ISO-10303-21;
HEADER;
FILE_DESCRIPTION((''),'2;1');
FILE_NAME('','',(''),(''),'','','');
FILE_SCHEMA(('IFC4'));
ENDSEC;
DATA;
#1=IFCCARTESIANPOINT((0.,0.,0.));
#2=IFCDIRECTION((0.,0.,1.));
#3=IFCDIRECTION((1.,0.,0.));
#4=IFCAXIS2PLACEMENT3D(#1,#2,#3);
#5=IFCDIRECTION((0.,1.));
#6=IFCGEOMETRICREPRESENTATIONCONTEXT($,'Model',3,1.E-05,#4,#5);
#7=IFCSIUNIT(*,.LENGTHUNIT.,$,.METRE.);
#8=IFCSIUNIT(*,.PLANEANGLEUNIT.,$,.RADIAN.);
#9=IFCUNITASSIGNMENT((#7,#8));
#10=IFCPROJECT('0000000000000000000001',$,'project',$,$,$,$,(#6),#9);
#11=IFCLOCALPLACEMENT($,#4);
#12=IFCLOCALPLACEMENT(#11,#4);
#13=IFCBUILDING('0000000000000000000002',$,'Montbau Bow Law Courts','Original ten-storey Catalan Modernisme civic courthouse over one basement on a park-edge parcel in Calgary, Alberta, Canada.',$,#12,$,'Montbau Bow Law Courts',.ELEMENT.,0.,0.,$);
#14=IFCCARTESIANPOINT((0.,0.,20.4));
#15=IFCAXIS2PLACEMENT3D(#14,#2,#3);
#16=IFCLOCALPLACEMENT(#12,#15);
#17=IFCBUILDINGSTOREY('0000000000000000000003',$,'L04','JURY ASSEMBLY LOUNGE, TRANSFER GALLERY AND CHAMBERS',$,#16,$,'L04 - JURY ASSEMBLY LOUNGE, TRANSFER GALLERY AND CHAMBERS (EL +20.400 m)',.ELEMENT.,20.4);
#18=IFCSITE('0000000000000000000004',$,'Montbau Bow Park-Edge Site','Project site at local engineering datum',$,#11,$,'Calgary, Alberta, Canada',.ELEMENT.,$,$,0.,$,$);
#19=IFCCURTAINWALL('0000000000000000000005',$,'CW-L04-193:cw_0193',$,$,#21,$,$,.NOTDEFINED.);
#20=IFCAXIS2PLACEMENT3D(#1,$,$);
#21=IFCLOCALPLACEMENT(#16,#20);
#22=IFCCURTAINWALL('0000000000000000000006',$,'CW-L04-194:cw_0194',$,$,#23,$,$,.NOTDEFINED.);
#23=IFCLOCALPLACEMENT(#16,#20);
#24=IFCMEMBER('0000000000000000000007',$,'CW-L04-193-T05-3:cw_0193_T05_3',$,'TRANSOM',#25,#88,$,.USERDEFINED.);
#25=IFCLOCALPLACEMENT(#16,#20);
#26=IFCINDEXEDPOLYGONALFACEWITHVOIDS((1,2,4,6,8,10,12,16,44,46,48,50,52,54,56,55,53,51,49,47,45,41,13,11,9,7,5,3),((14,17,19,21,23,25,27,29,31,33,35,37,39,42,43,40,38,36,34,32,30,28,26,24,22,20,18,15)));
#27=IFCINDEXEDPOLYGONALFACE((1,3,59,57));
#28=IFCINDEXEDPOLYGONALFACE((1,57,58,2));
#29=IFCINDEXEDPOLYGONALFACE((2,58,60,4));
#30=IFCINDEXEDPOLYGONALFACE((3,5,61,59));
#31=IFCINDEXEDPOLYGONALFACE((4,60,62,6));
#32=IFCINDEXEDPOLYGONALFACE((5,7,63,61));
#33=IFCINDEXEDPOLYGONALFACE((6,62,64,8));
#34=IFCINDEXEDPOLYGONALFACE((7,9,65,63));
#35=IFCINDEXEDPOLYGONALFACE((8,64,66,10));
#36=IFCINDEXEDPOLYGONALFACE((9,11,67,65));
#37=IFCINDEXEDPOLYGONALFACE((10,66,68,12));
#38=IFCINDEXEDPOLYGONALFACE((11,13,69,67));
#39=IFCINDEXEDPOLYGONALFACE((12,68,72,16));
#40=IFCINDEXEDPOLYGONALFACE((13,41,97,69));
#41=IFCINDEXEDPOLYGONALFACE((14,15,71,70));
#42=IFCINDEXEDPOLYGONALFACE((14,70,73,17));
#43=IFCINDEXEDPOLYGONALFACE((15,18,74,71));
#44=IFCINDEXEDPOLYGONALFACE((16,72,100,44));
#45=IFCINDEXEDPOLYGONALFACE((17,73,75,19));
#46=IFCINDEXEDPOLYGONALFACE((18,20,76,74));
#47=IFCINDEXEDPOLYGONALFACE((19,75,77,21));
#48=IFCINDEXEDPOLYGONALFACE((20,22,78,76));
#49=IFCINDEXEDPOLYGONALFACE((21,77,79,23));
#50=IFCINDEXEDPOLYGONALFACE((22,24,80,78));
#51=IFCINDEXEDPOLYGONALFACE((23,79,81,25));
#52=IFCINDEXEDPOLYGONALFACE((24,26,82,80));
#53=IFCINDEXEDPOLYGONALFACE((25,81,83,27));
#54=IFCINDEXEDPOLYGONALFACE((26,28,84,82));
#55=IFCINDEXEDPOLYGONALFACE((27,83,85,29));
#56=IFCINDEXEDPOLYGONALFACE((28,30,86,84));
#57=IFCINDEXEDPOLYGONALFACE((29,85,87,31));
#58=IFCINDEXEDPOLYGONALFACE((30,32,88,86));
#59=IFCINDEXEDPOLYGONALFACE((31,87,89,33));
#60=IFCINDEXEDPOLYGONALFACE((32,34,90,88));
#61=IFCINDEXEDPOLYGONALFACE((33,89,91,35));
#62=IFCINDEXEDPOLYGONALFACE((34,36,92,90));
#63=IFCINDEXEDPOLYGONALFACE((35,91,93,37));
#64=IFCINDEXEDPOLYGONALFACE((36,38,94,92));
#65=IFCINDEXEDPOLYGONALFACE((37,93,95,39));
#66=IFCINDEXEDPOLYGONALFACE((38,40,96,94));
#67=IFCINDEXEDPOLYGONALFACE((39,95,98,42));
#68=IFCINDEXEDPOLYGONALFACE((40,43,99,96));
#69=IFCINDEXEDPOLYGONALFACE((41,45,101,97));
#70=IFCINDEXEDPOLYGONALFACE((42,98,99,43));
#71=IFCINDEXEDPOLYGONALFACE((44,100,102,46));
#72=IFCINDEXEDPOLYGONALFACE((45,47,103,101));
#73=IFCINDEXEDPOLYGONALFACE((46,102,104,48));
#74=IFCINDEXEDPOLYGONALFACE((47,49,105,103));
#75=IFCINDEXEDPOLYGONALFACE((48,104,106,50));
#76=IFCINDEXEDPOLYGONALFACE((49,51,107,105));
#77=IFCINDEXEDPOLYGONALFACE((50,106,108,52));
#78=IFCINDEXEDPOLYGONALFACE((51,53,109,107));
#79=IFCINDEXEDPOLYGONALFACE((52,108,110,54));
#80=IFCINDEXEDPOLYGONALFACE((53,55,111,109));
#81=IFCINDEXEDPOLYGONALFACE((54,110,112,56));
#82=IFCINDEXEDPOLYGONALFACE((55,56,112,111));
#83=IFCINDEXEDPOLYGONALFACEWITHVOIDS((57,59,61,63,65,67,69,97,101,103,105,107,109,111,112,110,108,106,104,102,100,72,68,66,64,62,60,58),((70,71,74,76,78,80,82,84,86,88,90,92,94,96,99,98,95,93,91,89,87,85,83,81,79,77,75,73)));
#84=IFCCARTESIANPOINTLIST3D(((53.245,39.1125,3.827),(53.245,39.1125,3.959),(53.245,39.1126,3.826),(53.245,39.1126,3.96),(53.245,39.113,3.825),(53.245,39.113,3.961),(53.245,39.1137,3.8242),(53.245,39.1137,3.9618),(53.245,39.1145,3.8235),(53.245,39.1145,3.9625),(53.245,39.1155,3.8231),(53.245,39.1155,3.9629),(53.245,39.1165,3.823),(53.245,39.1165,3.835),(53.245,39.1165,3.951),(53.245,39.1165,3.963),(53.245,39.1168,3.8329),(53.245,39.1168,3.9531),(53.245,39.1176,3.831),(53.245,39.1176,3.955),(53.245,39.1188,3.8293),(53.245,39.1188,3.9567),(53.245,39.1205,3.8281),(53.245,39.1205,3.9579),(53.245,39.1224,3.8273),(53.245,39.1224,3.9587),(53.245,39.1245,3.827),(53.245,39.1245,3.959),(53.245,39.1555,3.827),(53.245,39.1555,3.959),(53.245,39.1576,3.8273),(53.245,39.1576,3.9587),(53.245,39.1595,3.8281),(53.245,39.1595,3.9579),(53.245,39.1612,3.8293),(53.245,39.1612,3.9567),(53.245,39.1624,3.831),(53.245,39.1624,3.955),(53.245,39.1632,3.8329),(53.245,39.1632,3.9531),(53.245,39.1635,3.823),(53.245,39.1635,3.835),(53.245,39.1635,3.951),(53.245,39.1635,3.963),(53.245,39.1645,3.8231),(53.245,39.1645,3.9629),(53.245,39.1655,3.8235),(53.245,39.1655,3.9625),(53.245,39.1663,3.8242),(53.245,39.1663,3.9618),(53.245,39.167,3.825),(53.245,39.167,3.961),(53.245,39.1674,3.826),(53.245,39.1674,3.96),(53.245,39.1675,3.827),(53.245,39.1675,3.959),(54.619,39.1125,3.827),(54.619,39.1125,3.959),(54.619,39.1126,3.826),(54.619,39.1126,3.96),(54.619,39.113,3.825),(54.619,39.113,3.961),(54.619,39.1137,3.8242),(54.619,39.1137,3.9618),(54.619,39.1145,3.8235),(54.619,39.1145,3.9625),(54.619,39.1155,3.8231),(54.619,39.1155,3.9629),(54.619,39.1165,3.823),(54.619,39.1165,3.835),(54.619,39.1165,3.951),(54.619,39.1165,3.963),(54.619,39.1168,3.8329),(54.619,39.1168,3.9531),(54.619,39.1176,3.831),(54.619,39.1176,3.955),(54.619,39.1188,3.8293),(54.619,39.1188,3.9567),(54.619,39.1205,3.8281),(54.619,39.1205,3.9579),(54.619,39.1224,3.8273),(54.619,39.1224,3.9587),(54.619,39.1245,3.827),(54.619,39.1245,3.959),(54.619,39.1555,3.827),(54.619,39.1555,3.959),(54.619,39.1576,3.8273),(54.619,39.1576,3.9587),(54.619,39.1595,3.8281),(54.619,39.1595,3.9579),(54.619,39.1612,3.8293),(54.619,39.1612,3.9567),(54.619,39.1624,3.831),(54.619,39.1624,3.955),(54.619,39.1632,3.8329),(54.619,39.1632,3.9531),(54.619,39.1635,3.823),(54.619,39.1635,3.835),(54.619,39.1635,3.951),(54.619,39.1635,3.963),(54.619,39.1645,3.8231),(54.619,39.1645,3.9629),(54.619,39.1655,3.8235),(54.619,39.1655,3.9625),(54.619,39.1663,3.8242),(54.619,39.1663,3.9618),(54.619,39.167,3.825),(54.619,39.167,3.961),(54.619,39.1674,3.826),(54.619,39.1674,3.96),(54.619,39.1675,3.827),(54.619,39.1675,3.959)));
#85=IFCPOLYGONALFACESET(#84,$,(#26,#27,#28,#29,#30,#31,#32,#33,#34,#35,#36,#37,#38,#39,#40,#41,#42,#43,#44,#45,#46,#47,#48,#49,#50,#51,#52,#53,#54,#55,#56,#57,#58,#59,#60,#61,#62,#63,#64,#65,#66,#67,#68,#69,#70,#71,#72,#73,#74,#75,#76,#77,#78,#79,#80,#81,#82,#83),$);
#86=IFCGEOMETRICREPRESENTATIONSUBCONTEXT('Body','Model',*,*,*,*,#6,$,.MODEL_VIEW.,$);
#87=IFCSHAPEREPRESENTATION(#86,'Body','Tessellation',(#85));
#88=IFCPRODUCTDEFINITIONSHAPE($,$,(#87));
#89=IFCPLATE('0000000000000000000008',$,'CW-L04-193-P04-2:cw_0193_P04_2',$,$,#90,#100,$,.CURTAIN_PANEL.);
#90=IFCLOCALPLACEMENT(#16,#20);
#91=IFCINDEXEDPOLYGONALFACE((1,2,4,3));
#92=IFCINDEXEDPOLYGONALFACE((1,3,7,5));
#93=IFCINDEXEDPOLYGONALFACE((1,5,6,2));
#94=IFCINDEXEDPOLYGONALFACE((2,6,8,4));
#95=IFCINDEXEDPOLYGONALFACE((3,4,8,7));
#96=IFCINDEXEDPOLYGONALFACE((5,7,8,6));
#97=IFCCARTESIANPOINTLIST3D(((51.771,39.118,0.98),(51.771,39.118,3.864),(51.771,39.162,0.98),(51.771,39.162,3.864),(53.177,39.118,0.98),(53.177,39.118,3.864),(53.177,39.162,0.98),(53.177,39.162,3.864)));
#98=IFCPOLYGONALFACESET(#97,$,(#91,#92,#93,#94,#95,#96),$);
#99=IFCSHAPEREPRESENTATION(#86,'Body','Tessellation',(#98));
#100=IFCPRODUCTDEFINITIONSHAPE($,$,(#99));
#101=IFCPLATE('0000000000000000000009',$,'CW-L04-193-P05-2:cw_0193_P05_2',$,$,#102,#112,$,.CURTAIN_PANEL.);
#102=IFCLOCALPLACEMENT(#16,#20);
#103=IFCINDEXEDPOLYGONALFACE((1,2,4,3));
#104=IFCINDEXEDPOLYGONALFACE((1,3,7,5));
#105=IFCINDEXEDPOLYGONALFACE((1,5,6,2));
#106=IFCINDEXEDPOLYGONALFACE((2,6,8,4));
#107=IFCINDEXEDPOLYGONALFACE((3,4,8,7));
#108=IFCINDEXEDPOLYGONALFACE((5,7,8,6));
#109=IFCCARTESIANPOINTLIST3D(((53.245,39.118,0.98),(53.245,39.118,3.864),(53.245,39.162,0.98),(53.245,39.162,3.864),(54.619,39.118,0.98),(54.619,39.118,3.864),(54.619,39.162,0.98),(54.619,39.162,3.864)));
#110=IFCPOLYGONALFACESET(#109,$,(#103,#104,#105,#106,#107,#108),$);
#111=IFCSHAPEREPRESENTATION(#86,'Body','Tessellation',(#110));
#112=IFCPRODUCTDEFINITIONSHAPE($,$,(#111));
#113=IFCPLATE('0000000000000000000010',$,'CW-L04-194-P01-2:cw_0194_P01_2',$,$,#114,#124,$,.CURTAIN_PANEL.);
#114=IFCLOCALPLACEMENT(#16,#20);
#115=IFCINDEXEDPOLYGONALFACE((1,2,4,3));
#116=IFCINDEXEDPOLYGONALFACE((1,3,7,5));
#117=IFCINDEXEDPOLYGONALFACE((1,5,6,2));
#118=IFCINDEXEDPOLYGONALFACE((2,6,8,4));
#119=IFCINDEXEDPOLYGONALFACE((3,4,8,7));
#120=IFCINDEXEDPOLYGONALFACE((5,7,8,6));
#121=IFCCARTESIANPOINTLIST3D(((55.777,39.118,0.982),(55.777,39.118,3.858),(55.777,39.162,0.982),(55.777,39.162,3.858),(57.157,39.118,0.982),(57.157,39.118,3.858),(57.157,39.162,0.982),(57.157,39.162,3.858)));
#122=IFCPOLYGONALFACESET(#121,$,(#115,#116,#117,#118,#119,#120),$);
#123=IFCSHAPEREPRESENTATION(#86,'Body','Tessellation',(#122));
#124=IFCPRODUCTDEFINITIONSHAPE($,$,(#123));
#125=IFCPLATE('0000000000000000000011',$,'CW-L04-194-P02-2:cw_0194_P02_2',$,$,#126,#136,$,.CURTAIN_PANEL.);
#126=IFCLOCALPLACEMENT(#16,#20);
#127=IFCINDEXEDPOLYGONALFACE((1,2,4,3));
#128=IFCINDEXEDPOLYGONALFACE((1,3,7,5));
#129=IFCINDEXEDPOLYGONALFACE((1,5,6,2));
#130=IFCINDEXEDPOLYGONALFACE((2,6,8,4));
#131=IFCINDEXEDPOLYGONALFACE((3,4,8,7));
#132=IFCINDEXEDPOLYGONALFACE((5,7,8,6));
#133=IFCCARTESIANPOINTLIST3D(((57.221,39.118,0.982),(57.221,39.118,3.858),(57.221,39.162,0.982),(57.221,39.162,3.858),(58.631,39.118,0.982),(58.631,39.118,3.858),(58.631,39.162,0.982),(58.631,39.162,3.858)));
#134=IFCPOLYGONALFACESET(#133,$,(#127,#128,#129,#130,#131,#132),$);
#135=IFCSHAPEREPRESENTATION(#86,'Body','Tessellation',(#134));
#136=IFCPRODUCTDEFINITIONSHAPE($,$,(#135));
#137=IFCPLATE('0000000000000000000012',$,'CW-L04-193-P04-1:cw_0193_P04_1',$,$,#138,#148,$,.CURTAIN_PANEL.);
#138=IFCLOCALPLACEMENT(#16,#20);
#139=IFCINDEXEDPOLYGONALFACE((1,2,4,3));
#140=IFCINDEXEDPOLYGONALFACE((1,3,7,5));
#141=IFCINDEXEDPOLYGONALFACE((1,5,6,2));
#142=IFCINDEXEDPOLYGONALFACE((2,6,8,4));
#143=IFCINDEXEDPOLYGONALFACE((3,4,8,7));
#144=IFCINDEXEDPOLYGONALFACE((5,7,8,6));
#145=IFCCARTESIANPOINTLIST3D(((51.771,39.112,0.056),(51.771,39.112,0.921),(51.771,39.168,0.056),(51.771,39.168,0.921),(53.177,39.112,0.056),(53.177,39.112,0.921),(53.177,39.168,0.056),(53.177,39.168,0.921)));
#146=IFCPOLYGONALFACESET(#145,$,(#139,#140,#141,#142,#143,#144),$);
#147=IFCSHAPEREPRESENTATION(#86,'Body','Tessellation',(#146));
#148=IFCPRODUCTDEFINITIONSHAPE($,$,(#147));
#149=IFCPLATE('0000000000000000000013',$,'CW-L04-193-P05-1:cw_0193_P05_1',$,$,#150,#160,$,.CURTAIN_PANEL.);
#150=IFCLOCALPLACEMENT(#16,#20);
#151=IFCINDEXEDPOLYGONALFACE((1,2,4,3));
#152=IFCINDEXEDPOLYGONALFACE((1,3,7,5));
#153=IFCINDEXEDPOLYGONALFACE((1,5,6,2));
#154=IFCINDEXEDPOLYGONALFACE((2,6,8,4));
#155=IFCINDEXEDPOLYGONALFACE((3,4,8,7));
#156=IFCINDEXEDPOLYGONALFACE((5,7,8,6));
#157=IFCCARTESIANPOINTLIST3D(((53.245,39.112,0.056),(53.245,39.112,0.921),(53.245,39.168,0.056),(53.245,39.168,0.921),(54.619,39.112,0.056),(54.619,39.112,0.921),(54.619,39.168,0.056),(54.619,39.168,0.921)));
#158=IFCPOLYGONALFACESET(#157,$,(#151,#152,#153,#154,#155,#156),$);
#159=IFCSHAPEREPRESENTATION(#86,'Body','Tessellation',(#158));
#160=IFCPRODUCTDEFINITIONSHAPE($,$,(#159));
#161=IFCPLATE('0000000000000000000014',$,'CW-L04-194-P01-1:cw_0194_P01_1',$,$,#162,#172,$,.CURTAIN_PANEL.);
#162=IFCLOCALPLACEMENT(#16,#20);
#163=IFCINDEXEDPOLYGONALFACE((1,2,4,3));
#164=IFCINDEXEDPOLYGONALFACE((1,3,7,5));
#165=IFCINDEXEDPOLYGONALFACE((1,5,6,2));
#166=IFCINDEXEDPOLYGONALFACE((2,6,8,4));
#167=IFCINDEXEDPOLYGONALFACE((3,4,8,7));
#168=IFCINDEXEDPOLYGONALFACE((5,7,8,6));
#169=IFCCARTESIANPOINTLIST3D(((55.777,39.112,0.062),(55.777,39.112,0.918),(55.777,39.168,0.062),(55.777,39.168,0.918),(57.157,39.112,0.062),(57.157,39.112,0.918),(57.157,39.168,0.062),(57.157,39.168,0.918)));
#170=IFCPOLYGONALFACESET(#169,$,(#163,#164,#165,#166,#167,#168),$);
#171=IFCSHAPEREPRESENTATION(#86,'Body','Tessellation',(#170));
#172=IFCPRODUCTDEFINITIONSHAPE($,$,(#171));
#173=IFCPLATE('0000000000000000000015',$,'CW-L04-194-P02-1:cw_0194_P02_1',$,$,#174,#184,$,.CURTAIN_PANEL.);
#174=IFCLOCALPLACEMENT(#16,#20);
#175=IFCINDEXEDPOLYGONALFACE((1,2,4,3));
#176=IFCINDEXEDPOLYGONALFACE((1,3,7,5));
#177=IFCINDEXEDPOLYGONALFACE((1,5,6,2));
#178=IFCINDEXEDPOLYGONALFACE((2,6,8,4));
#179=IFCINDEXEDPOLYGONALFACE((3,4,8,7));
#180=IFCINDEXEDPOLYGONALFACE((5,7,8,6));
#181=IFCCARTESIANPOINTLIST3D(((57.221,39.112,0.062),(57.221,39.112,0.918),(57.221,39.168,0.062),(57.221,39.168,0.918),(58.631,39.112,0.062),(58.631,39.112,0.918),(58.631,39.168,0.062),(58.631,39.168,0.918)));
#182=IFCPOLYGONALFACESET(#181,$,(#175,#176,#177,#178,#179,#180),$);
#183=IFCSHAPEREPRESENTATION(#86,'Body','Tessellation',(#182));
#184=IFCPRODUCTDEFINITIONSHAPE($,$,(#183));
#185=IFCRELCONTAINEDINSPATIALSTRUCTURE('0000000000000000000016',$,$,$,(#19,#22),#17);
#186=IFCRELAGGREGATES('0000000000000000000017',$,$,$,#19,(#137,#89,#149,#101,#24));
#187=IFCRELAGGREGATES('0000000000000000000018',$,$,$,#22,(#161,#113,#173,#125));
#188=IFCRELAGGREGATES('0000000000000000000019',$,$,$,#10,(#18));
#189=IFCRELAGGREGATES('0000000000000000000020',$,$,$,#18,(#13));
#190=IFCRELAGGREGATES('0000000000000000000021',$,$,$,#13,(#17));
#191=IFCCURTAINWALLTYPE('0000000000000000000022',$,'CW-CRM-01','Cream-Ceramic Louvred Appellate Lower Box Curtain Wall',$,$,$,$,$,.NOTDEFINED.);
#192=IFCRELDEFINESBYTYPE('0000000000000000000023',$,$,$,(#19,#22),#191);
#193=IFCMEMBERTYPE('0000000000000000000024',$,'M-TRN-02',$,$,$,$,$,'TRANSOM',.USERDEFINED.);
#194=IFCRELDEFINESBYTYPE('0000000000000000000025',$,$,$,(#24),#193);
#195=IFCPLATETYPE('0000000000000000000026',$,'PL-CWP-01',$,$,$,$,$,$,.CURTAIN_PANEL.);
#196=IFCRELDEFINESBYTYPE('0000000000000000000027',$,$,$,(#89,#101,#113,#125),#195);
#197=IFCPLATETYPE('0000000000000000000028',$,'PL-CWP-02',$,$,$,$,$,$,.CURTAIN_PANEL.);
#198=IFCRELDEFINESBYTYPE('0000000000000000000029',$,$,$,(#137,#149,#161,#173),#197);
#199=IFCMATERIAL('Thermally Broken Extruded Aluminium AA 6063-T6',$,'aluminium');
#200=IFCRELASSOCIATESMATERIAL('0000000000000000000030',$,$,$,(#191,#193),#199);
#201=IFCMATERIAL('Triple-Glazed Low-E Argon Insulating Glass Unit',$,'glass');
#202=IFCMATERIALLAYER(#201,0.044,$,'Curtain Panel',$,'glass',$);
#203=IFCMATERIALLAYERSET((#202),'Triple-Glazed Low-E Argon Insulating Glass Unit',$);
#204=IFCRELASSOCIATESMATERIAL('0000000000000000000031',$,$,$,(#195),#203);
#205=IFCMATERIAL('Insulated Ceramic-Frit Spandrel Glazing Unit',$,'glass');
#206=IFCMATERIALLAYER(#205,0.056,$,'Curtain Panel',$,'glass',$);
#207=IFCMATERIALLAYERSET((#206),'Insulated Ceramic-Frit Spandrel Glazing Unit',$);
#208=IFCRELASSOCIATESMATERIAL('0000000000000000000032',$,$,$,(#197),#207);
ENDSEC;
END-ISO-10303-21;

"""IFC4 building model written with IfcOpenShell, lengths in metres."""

from ifc_helpers import new_model, si_unit, direction, frame, frame_2d, origin_with_axes, origin_2d_with_axis, place, context, subcontext, project, spatial, rectangle, hollow_rectangle, extrude, material, layer, layer_set, material_profile, profile_set, type_object, element, aggregate, save


model = new_model("IFC4")

# Units and contexts
model_context = context("Model", 3, precision=1e-05, world=origin_with_axes(), true_north=direction((0.0, 1.0)))
body_context = subcontext(model_context, "Body", "Model", "MODEL_VIEW")
ifc_project = project(units=[si_unit("LENGTHUNIT", "METRE"), si_unit("PLANEANGLEUNIT", "RADIAN")], contexts=[model_context])

# Site, building, storey
site_placement = place(None, origin_with_axes())
site = spatial("IfcSite", under=ifc_project, at=site_placement, Name="Montbau Bow Park-Edge Site", Description="Project site at local engineering datum", LongName="Calgary, Alberta, Canada", CompositionType="ELEMENT", RefElevation=0.0)
building_placement = place(site_placement, origin_with_axes())
building = spatial("IfcBuilding", under=site, at=building_placement, Name="Montbau Bow Law Courts", Description="Original ten-storey Catalan Modernisme civic courthouse over one basement on a park-edge parcel in Calgary, Alberta, Canada.", LongName="Montbau Bow Law Courts", CompositionType="ELEMENT", ElevationOfRefHeight=0.0, ElevationOfTerrain=0.0)
storey_placement = place(building_placement, frame((0.0, 0.0, 20.4), z_axis=(0.0, 0.0, 1.0), x_axis=(1.0, 0.0, 0.0)))
storey = spatial("IfcBuildingStorey", under=building, at=storey_placement, Name="L04", Description="JURY ASSEMBLY LOUNGE, TRANSFER GALLERY AND CHAMBERS", LongName="L04 - JURY ASSEMBLY LOUNGE, TRANSFER GALLERY AND CHAMBERS (EL +20.400 m)", CompositionType="ELEMENT", Elevation=20.4)

# Curtain walls
ifc_material_1 = material(Name="Thermally Broken Extruded Aluminium AA 6063-T6", Category="aluminium")
curtain_wall_type = type_object("IfcCurtainWallType", Name="CW-CRM-01", Description="Cream-Ceramic Louvred Appellate Lower Box Curtain Wall", PredefinedType="NOTDEFINED", material=ifc_material_1)
curtain_wall_1_placement = place(None, frame((47.315, 39.14, 20.4), z_axis=(0.0, 0.0, 1.0), x_axis=(1.0, 0.0, 0.0)))
curtain_wall_1 = element("IfcCurtainWall", 1, at=curtain_wall_1_placement, inside=storey, type_object=curtain_wall_type, Name="CW-L04-193:cw_0193", PredefinedType="NOTDEFINED")
curtain_wall_2_placement = place(None, frame((55.715, 39.14, 20.4), z_axis=(0.0, 0.0, 1.0), x_axis=(1.0, 0.0, 0.0)))
curtain_wall_2 = element("IfcCurtainWall", 2, at=curtain_wall_2_placement, inside=storey, type_object=curtain_wall_type, Name="CW-L04-194:cw_0194", PredefinedType="NOTDEFINED")

# Member
ifc_material_profile_1 = material_profile(ifc_material_1, hollow_rectangle(XDim=0.055, YDim=0.14, WallThickness=0.004, InnerFilletRadius=0.008, OuterFilletRadius=0.004, at=origin_2d_with_axis()), Name="CWT-140X55", Category="Main", Priority=0)
ifc_profile_set_1 = profile_set([ifc_material_profile_1], Name="Thermally Broken Extruded Aluminium AA 6063-T6")
member_type_1 = type_object("IfcMemberType", Name="M-TRN-02", ElementType="TRANSOM", PredefinedType="USERDEFINED", material=ifc_profile_set_1)
member_1_placement = place(None, frame((53.245, 39.14, 24.293), z_axis=(1.0, 0.0, 0.0), x_axis=(0.0, 1.0, 0.0)))
member_1 = element("IfcMember", 3, at=member_1_placement, type_object=member_type_1, Name="CW-L04-193-T05-3:cw_0193_T05_3", ObjectType="TRANSOM", PredefinedType="USERDEFINED", context=body_context, shape_type="SweptSolid", body=[
    extrude(hollow_rectangle(XDim=0.055, YDim=0.14, WallThickness=0.004, InnerFilletRadius=0.008, OuterFilletRadius=0.004, at=origin_2d_with_axis()), origin_with_axes(), (0.0, 0.0, 1.0), 1.374),
])

# Plates
ifc_material_2 = material(Name="Triple-Glazed Low-E Argon Insulating Glass Unit", Category="glass")
ifc_layer_1 = layer(ifc_material_2, 0.044, Name="Curtain Panel", Category="glass")
ifc_layer_set_1 = layer_set([ifc_layer_1], Name="Triple-Glazed Low-E Argon Insulating Glass Unit")
plate_type_1 = type_object("IfcPlateType", Name="PL-CWP-01", PredefinedType="CURTAIN_PANEL", material=ifc_layer_set_1)
plate_1_placement = place(None, frame((51.771, 39.14, 21.38), z_axis=(0.0, -1.0, 0.0), x_axis=(1.0, 0.0, 0.0)))
plate_1 = element("IfcPlate", 4, at=plate_1_placement, type_object=plate_type_1, Name="CW-L04-193-P04-2:cw_0193_P04_2", PredefinedType="CURTAIN_PANEL", context=body_context, shape_type="SweptSolid", body=[
    extrude(rectangle(XDim=1.406, YDim=2.884, at=frame_2d((0.703, 1.442), x_axis=(1.0, 0.0))), frame((0.0, 0.0, -0.022), z_axis=(0.0, 0.0, 1.0), x_axis=(1.0, 0.0, 0.0)), (0.0, 0.0, 1.0), 0.044),
])
plate_2_placement = place(None, frame((53.245, 39.14, 21.38), z_axis=(0.0, -1.0, 0.0), x_axis=(1.0, 0.0, 0.0)))
plate_2 = element("IfcPlate", 5, at=plate_2_placement, type_object=plate_type_1, Name="CW-L04-193-P05-2:cw_0193_P05_2", PredefinedType="CURTAIN_PANEL", context=body_context, shape_type="SweptSolid", body=[
    extrude(rectangle(XDim=1.374, YDim=2.884, at=frame_2d((0.687, 1.442), x_axis=(1.0, 0.0))), frame((0.0, 0.0, -0.022), z_axis=(0.0, 0.0, 1.0), x_axis=(1.0, 0.0, 0.0)), (0.0, 0.0, 1.0), 0.044),
])
plate_3_placement = place(None, frame((55.777, 39.14, 21.382), z_axis=(0.0, -1.0, 0.0), x_axis=(1.0, 0.0, 0.0)))
plate_3 = element("IfcPlate", 6, at=plate_3_placement, type_object=plate_type_1, Name="CW-L04-194-P01-2:cw_0194_P01_2", PredefinedType="CURTAIN_PANEL", context=body_context, shape_type="SweptSolid", body=[
    extrude(rectangle(XDim=1.38, YDim=2.876, at=frame_2d((0.69, 1.438), x_axis=(1.0, 0.0))), frame((0.0, 0.0, -0.022), z_axis=(0.0, 0.0, 1.0), x_axis=(1.0, 0.0, 0.0)), (0.0, 0.0, 1.0), 0.044),
])
plate_4_placement = place(None, frame((57.221, 39.14, 21.382), z_axis=(0.0, -1.0, 0.0), x_axis=(1.0, 0.0, 0.0)))
plate_4 = element("IfcPlate", 7, at=plate_4_placement, type_object=plate_type_1, Name="CW-L04-194-P02-2:cw_0194_P02_2", PredefinedType="CURTAIN_PANEL", context=body_context, shape_type="SweptSolid", body=[
    extrude(rectangle(XDim=1.41, YDim=2.876, at=frame_2d((0.705, 1.438), x_axis=(1.0, 0.0))), frame((0.0, 0.0, -0.022), z_axis=(0.0, 0.0, 1.0), x_axis=(1.0, 0.0, 0.0)), (0.0, 0.0, 1.0), 0.044),
])
ifc_material_3 = material(Name="Insulated Ceramic-Frit Spandrel Glazing Unit", Category="glass")
ifc_layer_2 = layer(ifc_material_3, 0.056, Name="Curtain Panel", Category="glass")
ifc_layer_set_2 = layer_set([ifc_layer_2], Name="Insulated Ceramic-Frit Spandrel Glazing Unit")
plate_type_2 = type_object("IfcPlateType", Name="PL-CWP-02", PredefinedType="CURTAIN_PANEL", material=ifc_layer_set_2)
plate_5_placement = place(None, frame((51.771, 39.14, 20.456), z_axis=(0.0, -1.0, 0.0), x_axis=(1.0, 0.0, 0.0)))
plate_5 = element("IfcPlate", 8, at=plate_5_placement, type_object=plate_type_2, Name="CW-L04-193-P04-1:cw_0193_P04_1", PredefinedType="CURTAIN_PANEL", context=body_context, shape_type="SweptSolid", body=[
    extrude(rectangle(XDim=1.406, YDim=0.865, at=frame_2d((0.703, 0.4325), x_axis=(1.0, 0.0))), frame((0.0, 0.0, -0.028), z_axis=(0.0, 0.0, 1.0), x_axis=(1.0, 0.0, 0.0)), (0.0, 0.0, 1.0), 0.056),
])
plate_6_placement = place(None, frame((53.245, 39.14, 20.456), z_axis=(0.0, -1.0, 0.0), x_axis=(1.0, 0.0, 0.0)))
plate_6 = element("IfcPlate", 9, at=plate_6_placement, type_object=plate_type_2, Name="CW-L04-193-P05-1:cw_0193_P05_1", PredefinedType="CURTAIN_PANEL", context=body_context, shape_type="SweptSolid", body=[
    extrude(rectangle(XDim=1.374, YDim=0.865, at=frame_2d((0.687, 0.4325), x_axis=(1.0, 0.0))), frame((0.0, 0.0, -0.028), z_axis=(0.0, 0.0, 1.0), x_axis=(1.0, 0.0, 0.0)), (0.0, 0.0, 1.0), 0.056),
])
aggregate(curtain_wall_1, [plate_5, plate_1, plate_6, plate_2, member_1])
plate_7_placement = place(None, frame((55.777, 39.14, 20.462), z_axis=(0.0, -1.0, 0.0), x_axis=(1.0, 0.0, 0.0)))
plate_7 = element("IfcPlate", 10, at=plate_7_placement, type_object=plate_type_2, Name="CW-L04-194-P01-1:cw_0194_P01_1", PredefinedType="CURTAIN_PANEL", context=body_context, shape_type="SweptSolid", body=[
    extrude(rectangle(XDim=1.38, YDim=0.856, at=frame_2d((0.69, 0.428), x_axis=(1.0, 0.0))), frame((0.0, 0.0, -0.028), z_axis=(0.0, 0.0, 1.0), x_axis=(1.0, 0.0, 0.0)), (0.0, 0.0, 1.0), 0.056),
])
plate_8_placement = place(None, frame((57.221, 39.14, 20.462), z_axis=(0.0, -1.0, 0.0), x_axis=(1.0, 0.0, 0.0)))
plate_8 = element("IfcPlate", 11, at=plate_8_placement, type_object=plate_type_2, Name="CW-L04-194-P02-1:cw_0194_P02_1", PredefinedType="CURTAIN_PANEL", context=body_context, shape_type="SweptSolid", body=[
    extrude(rectangle(XDim=1.41, YDim=0.856, at=frame_2d((0.705, 0.428), x_axis=(1.0, 0.0))), frame((0.0, 0.0, -0.028), z_axis=(0.0, 0.0, 1.0), x_axis=(1.0, 0.0, 0.0)), (0.0, 0.0, 1.0), 0.056),
])
aggregate(curtain_wall_2, [plate_7, plate_3, plate_8, plate_4])

save(model, "model.ifc")
